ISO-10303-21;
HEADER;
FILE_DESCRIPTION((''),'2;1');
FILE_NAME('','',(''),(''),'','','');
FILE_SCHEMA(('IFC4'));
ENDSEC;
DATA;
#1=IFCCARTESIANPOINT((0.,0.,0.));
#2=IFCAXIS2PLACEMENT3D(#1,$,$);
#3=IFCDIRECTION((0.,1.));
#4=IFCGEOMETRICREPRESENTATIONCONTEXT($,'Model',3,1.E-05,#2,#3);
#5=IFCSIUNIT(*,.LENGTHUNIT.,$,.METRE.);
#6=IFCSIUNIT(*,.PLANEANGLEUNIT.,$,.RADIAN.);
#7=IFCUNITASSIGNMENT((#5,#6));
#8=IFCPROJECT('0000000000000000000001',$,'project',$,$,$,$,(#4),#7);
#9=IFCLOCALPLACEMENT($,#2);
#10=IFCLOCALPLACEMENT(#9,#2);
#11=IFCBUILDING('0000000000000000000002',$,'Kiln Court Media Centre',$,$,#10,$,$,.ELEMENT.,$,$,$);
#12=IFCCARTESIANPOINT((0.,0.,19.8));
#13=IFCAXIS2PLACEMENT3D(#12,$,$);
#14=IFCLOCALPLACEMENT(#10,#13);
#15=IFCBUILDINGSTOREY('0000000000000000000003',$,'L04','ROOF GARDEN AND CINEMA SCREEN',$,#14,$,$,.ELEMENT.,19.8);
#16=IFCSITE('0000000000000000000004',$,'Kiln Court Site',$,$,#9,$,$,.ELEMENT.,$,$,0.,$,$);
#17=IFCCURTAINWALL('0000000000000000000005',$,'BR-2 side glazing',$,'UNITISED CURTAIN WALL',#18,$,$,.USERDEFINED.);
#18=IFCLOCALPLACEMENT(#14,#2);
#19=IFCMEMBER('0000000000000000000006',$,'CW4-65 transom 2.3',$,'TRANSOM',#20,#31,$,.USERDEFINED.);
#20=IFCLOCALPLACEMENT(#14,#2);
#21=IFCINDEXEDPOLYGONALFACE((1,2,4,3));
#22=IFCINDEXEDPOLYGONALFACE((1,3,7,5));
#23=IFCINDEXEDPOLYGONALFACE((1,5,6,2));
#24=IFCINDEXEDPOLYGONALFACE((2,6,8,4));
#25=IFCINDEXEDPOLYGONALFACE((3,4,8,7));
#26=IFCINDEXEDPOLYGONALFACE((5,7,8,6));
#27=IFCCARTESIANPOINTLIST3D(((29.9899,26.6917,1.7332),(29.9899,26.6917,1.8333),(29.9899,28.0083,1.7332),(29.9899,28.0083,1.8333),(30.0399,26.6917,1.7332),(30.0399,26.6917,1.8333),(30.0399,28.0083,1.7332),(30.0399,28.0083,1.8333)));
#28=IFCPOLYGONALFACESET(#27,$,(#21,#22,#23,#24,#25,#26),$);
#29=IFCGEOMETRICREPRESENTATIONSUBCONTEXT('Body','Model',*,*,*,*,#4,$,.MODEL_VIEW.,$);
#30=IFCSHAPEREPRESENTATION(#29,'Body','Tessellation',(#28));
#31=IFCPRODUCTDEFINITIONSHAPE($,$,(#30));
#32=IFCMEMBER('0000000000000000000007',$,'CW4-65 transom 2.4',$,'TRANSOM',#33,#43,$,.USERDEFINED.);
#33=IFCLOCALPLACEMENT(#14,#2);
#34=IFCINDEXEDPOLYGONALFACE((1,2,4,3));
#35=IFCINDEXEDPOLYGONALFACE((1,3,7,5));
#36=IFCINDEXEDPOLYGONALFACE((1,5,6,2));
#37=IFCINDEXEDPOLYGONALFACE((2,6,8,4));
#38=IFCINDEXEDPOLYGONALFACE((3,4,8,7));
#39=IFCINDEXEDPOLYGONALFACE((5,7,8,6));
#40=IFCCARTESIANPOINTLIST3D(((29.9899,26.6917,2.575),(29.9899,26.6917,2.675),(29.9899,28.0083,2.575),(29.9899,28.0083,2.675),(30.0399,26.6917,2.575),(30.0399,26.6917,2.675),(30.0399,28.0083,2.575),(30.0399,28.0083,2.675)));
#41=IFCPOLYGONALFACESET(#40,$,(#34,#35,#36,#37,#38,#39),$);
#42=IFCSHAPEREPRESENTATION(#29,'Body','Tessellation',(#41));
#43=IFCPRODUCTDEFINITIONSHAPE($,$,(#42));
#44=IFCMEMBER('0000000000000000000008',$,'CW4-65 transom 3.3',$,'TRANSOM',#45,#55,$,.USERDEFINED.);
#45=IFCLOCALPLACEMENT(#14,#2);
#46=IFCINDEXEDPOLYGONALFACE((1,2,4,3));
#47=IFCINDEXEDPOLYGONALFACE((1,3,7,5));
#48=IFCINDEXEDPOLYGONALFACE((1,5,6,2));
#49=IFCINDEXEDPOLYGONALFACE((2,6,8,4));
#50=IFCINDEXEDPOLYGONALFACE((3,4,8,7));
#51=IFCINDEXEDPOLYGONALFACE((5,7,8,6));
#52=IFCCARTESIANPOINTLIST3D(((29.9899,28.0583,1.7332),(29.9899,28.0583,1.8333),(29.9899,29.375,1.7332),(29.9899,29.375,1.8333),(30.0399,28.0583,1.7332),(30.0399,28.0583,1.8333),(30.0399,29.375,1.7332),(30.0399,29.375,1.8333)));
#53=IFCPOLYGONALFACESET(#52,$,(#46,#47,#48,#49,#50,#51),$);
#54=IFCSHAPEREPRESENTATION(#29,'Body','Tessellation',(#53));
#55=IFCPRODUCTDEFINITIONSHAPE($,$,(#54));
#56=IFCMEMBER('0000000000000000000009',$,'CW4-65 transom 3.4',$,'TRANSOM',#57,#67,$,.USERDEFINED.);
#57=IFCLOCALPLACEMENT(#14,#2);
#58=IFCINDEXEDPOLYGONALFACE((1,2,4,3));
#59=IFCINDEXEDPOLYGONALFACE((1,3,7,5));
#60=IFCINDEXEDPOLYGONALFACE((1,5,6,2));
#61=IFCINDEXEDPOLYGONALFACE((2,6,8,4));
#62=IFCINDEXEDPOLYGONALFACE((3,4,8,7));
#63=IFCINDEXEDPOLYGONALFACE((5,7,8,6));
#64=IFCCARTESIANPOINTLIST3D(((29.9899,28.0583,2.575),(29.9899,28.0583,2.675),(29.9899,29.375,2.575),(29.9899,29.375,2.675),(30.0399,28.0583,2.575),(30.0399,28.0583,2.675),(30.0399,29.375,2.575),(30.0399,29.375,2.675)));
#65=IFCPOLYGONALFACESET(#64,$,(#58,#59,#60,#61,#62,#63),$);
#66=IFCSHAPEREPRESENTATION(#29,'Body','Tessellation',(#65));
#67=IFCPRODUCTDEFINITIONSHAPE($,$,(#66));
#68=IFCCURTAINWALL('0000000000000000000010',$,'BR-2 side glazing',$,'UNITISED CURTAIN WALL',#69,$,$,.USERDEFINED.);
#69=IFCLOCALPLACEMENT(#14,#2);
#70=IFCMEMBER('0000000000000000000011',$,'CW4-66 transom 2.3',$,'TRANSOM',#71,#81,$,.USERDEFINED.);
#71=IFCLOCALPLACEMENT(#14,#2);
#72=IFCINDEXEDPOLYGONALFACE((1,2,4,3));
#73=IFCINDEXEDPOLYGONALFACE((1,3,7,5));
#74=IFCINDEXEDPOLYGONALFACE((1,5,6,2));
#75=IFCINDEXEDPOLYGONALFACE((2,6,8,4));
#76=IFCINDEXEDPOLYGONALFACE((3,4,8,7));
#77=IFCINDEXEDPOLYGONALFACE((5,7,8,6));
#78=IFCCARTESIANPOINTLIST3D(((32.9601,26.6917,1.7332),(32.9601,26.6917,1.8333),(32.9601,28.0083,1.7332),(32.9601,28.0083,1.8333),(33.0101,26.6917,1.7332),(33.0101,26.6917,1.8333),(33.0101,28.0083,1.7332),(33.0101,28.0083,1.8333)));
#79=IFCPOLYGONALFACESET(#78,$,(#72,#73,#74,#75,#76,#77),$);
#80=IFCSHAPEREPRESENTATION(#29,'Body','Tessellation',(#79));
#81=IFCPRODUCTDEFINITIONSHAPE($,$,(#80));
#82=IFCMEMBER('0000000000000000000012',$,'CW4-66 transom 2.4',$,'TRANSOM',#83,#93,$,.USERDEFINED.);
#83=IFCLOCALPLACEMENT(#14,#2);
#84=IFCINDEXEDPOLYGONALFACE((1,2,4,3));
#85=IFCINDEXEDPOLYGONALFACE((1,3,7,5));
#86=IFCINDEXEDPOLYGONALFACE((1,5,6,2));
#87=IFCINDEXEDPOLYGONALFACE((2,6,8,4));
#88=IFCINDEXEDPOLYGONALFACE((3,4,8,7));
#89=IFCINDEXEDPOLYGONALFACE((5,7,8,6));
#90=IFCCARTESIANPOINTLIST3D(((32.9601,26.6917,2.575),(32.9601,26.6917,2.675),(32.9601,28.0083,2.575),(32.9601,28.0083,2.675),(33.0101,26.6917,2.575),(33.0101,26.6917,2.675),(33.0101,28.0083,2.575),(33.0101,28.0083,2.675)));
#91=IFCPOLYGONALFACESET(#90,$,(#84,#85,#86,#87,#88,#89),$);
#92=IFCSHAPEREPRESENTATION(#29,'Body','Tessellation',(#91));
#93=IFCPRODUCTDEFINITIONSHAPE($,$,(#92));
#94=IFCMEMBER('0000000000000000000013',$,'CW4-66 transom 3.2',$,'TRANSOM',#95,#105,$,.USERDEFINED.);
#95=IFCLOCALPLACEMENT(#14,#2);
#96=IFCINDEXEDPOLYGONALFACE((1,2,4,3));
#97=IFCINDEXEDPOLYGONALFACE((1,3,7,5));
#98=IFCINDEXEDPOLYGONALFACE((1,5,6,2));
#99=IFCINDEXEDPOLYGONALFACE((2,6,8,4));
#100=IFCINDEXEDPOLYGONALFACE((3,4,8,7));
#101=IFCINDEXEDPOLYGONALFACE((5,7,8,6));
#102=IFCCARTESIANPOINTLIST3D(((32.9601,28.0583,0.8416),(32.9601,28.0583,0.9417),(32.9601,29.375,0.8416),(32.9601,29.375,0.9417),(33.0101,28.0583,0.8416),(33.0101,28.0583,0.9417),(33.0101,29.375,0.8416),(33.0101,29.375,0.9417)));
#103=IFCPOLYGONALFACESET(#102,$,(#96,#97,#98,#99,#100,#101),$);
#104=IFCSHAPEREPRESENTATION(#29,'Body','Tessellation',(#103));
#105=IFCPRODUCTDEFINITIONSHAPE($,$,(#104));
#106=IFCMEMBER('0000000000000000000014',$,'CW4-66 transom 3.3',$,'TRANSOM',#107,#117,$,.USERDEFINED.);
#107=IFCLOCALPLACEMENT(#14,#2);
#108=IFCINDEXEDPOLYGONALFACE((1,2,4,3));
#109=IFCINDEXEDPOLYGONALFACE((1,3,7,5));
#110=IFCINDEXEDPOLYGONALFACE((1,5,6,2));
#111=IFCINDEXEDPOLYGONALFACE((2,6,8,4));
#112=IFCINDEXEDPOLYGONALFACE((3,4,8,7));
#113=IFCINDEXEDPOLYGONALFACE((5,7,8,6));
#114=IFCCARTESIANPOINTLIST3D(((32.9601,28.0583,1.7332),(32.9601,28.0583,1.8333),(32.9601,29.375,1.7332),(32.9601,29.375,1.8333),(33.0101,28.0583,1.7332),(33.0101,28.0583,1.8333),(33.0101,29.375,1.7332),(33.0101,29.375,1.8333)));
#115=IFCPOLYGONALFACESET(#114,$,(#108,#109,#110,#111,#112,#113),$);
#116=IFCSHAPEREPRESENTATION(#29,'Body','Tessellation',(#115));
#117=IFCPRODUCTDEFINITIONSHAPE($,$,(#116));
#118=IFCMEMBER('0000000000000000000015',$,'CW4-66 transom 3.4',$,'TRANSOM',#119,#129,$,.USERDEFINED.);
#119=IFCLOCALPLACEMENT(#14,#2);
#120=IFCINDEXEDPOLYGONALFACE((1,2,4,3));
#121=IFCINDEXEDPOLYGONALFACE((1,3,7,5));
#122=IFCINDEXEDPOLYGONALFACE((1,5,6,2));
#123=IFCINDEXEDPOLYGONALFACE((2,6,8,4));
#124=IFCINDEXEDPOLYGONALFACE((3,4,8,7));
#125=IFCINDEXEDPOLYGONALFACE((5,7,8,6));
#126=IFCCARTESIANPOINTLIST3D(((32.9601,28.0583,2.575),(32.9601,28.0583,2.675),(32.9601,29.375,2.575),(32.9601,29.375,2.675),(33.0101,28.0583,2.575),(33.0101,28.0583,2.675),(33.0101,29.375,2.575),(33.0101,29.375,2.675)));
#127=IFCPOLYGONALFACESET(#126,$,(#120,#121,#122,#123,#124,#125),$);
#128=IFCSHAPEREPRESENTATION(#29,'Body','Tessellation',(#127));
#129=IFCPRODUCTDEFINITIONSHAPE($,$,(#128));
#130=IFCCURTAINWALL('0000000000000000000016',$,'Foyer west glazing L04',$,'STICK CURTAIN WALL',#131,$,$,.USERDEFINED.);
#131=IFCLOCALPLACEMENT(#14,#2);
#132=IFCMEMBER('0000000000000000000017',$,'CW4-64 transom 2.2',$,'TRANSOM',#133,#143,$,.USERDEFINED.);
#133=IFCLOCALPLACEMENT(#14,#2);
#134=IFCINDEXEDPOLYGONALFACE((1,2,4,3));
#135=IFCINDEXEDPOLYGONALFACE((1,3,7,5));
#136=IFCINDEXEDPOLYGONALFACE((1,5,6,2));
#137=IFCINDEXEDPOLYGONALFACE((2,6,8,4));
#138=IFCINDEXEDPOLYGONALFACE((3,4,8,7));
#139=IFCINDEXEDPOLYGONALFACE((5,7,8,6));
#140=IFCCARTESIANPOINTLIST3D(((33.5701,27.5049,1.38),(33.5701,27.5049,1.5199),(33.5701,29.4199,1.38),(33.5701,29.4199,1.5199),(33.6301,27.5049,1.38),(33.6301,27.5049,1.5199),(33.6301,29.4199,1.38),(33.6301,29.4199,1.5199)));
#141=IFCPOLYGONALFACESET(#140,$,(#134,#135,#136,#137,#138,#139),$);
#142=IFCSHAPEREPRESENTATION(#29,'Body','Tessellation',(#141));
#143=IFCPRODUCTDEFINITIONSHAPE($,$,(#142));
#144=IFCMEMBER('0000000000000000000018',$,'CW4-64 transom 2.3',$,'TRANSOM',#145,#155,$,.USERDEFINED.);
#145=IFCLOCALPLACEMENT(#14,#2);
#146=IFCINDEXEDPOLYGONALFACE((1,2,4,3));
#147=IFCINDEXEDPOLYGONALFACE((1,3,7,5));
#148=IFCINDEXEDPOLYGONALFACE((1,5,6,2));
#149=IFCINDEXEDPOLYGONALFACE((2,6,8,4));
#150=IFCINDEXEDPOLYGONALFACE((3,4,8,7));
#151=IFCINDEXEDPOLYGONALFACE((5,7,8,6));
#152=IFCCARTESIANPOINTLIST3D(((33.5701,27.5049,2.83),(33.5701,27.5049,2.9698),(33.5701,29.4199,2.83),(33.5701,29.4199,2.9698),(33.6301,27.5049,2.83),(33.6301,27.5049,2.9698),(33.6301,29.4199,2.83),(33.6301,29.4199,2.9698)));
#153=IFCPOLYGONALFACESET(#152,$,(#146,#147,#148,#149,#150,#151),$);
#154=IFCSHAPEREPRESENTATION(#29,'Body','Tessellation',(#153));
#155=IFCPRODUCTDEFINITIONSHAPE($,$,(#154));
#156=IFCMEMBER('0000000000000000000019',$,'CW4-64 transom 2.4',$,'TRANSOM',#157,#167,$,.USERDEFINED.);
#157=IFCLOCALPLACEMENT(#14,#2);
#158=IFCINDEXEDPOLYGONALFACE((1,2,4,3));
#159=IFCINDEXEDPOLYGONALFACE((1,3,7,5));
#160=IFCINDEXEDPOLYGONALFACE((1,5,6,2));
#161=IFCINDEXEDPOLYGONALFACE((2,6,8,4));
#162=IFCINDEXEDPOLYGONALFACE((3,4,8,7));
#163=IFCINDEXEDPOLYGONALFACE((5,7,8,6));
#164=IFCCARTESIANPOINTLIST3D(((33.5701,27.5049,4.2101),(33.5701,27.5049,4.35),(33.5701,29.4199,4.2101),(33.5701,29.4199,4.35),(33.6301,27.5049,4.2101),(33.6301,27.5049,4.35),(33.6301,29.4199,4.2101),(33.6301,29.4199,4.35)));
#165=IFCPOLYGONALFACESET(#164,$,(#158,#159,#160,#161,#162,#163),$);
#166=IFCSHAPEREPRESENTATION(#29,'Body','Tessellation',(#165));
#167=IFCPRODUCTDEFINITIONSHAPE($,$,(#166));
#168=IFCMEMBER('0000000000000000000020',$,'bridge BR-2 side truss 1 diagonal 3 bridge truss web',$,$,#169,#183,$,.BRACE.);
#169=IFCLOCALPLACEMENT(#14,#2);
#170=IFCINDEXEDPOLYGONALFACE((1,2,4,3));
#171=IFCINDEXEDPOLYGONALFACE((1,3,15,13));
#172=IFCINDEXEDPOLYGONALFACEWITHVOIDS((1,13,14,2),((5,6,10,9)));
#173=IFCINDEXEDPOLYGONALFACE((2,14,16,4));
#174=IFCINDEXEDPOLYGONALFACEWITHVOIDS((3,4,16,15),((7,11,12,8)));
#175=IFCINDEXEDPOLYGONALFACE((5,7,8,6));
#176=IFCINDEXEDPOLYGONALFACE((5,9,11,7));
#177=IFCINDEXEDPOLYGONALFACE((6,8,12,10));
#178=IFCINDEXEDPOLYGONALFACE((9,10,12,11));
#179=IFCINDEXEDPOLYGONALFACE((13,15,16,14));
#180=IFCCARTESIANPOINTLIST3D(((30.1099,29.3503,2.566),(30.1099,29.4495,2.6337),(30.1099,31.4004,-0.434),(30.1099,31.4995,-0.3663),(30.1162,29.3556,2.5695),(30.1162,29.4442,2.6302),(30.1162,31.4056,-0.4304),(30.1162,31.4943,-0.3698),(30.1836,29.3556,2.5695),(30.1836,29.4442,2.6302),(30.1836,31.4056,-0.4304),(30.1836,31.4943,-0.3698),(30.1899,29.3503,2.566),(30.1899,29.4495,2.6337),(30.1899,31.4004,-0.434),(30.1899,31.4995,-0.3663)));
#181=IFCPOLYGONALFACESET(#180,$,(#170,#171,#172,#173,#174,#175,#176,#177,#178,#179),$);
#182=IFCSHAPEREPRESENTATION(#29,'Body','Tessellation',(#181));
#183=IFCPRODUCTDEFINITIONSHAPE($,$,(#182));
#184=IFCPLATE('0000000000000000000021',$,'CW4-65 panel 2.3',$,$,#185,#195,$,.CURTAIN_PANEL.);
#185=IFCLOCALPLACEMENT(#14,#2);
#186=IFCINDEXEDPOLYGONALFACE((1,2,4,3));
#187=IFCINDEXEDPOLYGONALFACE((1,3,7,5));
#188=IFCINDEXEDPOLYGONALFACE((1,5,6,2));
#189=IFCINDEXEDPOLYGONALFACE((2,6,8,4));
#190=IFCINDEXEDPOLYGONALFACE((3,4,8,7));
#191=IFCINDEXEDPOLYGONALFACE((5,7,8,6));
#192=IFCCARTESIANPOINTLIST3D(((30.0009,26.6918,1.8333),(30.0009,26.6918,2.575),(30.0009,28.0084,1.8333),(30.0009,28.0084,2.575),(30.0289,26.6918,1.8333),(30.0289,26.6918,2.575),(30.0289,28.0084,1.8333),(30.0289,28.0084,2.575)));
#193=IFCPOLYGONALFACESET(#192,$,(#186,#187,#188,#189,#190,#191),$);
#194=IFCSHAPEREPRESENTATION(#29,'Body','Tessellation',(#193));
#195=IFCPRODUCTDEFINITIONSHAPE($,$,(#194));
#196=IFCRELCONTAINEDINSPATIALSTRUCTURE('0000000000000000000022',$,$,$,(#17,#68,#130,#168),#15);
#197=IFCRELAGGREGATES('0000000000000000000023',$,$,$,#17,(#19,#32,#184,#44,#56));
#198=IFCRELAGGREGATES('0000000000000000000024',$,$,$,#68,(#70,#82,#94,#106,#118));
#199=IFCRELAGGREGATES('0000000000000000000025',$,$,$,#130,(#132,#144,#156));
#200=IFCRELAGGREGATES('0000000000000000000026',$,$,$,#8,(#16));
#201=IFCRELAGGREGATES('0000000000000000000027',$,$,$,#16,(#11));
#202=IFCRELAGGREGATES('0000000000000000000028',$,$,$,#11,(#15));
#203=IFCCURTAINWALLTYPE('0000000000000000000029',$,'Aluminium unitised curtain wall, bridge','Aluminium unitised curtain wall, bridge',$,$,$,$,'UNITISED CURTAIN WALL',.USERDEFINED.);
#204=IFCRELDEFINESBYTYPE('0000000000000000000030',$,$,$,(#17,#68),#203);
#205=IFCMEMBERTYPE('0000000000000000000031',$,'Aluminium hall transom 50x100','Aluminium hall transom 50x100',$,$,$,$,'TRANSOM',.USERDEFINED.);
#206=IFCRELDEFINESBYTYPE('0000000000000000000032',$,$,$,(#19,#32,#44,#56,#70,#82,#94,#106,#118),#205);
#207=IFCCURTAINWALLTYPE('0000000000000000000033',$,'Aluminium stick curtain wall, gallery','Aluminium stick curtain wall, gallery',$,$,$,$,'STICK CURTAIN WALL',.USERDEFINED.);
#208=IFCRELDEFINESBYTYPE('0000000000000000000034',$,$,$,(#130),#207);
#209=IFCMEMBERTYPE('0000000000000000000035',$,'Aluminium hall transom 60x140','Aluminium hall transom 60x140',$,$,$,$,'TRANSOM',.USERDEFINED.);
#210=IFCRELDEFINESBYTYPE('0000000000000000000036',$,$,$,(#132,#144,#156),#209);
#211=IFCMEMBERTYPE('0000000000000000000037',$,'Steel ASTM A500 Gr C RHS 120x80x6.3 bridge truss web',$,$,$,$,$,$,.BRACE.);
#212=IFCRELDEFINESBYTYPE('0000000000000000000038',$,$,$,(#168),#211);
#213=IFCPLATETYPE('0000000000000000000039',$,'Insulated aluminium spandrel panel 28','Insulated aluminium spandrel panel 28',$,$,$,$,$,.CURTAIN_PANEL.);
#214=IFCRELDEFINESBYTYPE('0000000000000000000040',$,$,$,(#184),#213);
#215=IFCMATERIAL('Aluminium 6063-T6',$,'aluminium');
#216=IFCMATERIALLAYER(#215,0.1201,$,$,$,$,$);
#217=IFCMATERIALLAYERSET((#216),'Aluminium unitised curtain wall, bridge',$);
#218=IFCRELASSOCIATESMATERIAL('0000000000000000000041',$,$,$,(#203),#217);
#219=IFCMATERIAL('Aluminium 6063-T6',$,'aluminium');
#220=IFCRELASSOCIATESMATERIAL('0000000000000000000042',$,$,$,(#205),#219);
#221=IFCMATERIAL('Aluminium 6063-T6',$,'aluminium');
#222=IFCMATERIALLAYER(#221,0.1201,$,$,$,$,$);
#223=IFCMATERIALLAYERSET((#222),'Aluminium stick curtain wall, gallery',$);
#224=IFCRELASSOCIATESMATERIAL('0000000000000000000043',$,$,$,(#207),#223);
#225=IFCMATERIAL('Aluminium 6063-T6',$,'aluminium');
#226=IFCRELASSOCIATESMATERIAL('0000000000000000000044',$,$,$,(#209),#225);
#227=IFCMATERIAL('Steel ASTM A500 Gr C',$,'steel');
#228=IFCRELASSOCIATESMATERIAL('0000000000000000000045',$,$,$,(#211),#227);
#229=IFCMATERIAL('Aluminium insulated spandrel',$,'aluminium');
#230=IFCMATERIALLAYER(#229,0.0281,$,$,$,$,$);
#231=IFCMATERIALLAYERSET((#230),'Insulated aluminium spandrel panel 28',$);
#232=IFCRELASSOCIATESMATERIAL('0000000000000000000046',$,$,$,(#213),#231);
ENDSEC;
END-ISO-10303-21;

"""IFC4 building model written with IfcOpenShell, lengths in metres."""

from ifc_helpers import new_model, si_unit, direction, frame, origin, origin_2d, place, context, subcontext, project, spatial, rectangle, hollow_rectangle, extrude, material, layer, layer_set, material_profile, profile_set, type_object, element, aggregate, save


model = new_model("IFC4")

# Units and contexts
model_context = context("Model", 3, precision=1e-05, world=origin(), true_north=direction((0.0, 1.0)))
body_context = subcontext(model_context, "Body", "Model", "MODEL_VIEW")
ifc_project = project(units=[si_unit("LENGTHUNIT", "METRE"), si_unit("PLANEANGLEUNIT", "RADIAN")], contexts=[model_context])

# Site, building, storey
site_placement = place(None, origin())
site = spatial("IfcSite", under=ifc_project, at=site_placement, Name="Kiln Court Site", CompositionType="ELEMENT", RefElevation=0.0)
building_placement = place(site_placement, origin())
building = spatial("IfcBuilding", under=site, at=building_placement, Name="Kiln Court Media Centre", CompositionType="ELEMENT")
storey_placement = place(building_placement, frame((0.0, 0.0, 19.8)))
storey = spatial("IfcBuildingStorey", under=building, at=storey_placement, Name="L04", Description="ROOF GARDEN AND CINEMA SCREEN", CompositionType="ELEMENT", Elevation=19.8)

# Curtain walls, members
ifc_material_1 = material(Name="Aluminium 6063-T6", Category="aluminium")
ifc_layer_1 = layer(ifc_material_1, 0.1201)
ifc_layer_set_1 = layer_set([ifc_layer_1], Name="Aluminium unitised curtain wall, bridge")
curtain_wall_type_1 = type_object("IfcCurtainWallType", Name="Aluminium unitised curtain wall, bridge", Description="Aluminium unitised curtain wall, bridge", ElementType="UNITISED CURTAIN WALL", PredefinedType="USERDEFINED", material=ifc_layer_set_1)
curtain_wall_1_placement = place(storey_placement, origin())
curtain_wall_1 = element("IfcCurtainWall", 1, at=curtain_wall_1_placement, inside=storey, type_object=curtain_wall_type_1, Name="BR-2 side glazing", ObjectType="UNITISED CURTAIN WALL", PredefinedType="USERDEFINED")
ifc_material_2 = material(Name="Aluminium 6063-T6", Category="aluminium")
ifc_material_profile_1 = material_profile(ifc_material_2, rectangle(XDim=0.05, YDim=0.1001, at=origin_2d()), Name="Aluminium hall transom 50x100")
ifc_profile_set_1 = profile_set([ifc_material_profile_1], Name="Aluminium 6063-T6")
member_type_1 = type_object("IfcMemberType", Name="Aluminium hall transom 50x100", Description="Aluminium hall transom 50x100", ElementType="TRANSOM", PredefinedType="USERDEFINED", material=ifc_profile_set_1)
member_1_placement = place(storey_placement, frame((30.0149, 26.6917, 1.7832), z_axis=(0.0, 1.0, 0.0), x_axis=(-1.0, 0.0, 0.0)))
member_1 = element("IfcMember", 2, at=member_1_placement, type_object=member_type_1, Name="CW4-65 transom 2.3", ObjectType="TRANSOM", PredefinedType="USERDEFINED", context=body_context, shape_type="SweptSolid", body=[
    extrude(rectangle(XDim=0.05, YDim=0.1001, at=origin_2d()), origin(), (0.0, 0.0, 1.0), 1.3167),
])
member_2_placement = place(storey_placement, frame((30.0149, 26.6917, 2.625), z_axis=(0.0, 1.0, 0.0), x_axis=(-1.0, 0.0, 0.0)))
member_2 = element("IfcMember", 3, at=member_2_placement, type_object=member_type_1, Name="CW4-65 transom 2.4", ObjectType="TRANSOM", PredefinedType="USERDEFINED", context=body_context, shape_type="SweptSolid", body=[
    extrude(rectangle(XDim=0.05, YDim=0.1001, at=origin_2d()), origin(), (0.0, 0.0, 1.0), 1.3167),
])
member_3_placement = place(storey_placement, frame((30.0149, 28.0583, 1.7832), z_axis=(0.0, 1.0, 0.0), x_axis=(-1.0, 0.0, 0.0)))
member_3 = element("IfcMember", 4, at=member_3_placement, type_object=member_type_1, Name="CW4-65 transom 3.3", ObjectType="TRANSOM", PredefinedType="USERDEFINED", context=body_context, shape_type="SweptSolid", body=[
    extrude(rectangle(XDim=0.05, YDim=0.1001, at=origin_2d()), origin(), (0.0, 0.0, 1.0), 1.3167),
])
member_4_placement = place(storey_placement, frame((30.0149, 28.0583, 2.625), z_axis=(0.0, 1.0, 0.0), x_axis=(-1.0, 0.0, 0.0)))
member_4 = element("IfcMember", 5, at=member_4_placement, type_object=member_type_1, Name="CW4-65 transom 3.4", ObjectType="TRANSOM", PredefinedType="USERDEFINED", context=body_context, shape_type="SweptSolid", body=[
    extrude(rectangle(XDim=0.05, YDim=0.1001, at=origin_2d()), origin(), (0.0, 0.0, 1.0), 1.3167),
])
curtain_wall_2_placement = place(storey_placement, origin())
curtain_wall_2 = element("IfcCurtainWall", 6, at=curtain_wall_2_placement, inside=storey, type_object=curtain_wall_type_1, Name="BR-2 side glazing", ObjectType="UNITISED CURTAIN WALL", PredefinedType="USERDEFINED")
member_5_placement = place(storey_placement, frame((32.9851, 26.6917, 1.7832), z_axis=(0.0, 1.0, 0.0), x_axis=(-1.0, 0.0, 0.0)))
member_5 = element("IfcMember", 7, at=member_5_placement, type_object=member_type_1, Name="CW4-66 transom 2.3", ObjectType="TRANSOM", PredefinedType="USERDEFINED", context=body_context, shape_type="SweptSolid", body=[
    extrude(rectangle(XDim=0.05, YDim=0.1001, at=origin_2d()), origin(), (0.0, 0.0, 1.0), 1.3167),
])
member_6_placement = place(storey_placement, frame((32.9851, 26.6917, 2.625), z_axis=(0.0, 1.0, 0.0), x_axis=(-1.0, 0.0, 0.0)))
member_6 = element("IfcMember", 8, at=member_6_placement, type_object=member_type_1, Name="CW4-66 transom 2.4", ObjectType="TRANSOM", PredefinedType="USERDEFINED", context=body_context, shape_type="SweptSolid", body=[
    extrude(rectangle(XDim=0.05, YDim=0.1001, at=origin_2d()), origin(), (0.0, 0.0, 1.0), 1.3167),
])
member_7_placement = place(storey_placement, frame((32.9851, 28.0583, 0.8916), z_axis=(0.0, 1.0, 0.0), x_axis=(-1.0, 0.0, 0.0)))
member_7 = element("IfcMember", 9, at=member_7_placement, type_object=member_type_1, Name="CW4-66 transom 3.2", ObjectType="TRANSOM", PredefinedType="USERDEFINED", context=body_context, shape_type="SweptSolid", body=[
    extrude(rectangle(XDim=0.05, YDim=0.1001, at=origin_2d()), origin(), (0.0, 0.0, 1.0), 1.3167),
])
member_8_placement = place(storey_placement, frame((32.9851, 28.0583, 1.7832), z_axis=(0.0, 1.0, 0.0), x_axis=(-1.0, 0.0, 0.0)))
member_8 = element("IfcMember", 10, at=member_8_placement, type_object=member_type_1, Name="CW4-66 transom 3.3", ObjectType="TRANSOM", PredefinedType="USERDEFINED", context=body_context, shape_type="SweptSolid", body=[
    extrude(rectangle(XDim=0.05, YDim=0.1001, at=origin_2d()), origin(), (0.0, 0.0, 1.0), 1.3167),
])
member_9_placement = place(storey_placement, frame((32.9851, 28.0583, 2.625), z_axis=(0.0, 1.0, 0.0), x_axis=(-1.0, 0.0, 0.0)))
member_9 = element("IfcMember", 11, at=member_9_placement, type_object=member_type_1, Name="CW4-66 transom 3.4", ObjectType="TRANSOM", PredefinedType="USERDEFINED", context=body_context, shape_type="SweptSolid", body=[
    extrude(rectangle(XDim=0.05, YDim=0.1001, at=origin_2d()), origin(), (0.0, 0.0, 1.0), 1.3167),
])
ifc_material_3 = material(Name="Aluminium 6063-T6", Category="aluminium")
ifc_layer_2 = layer(ifc_material_3, 0.1201)
ifc_layer_set_2 = layer_set([ifc_layer_2], Name="Aluminium stick curtain wall, gallery")
curtain_wall_type_2 = type_object("IfcCurtainWallType", Name="Aluminium stick curtain wall, gallery", Description="Aluminium stick curtain wall, gallery", ElementType="STICK CURTAIN WALL", PredefinedType="USERDEFINED", material=ifc_layer_set_2)
curtain_wall_3_placement = place(storey_placement, origin())
curtain_wall_3 = element("IfcCurtainWall", 12, at=curtain_wall_3_placement, inside=storey, type_object=curtain_wall_type_2, Name="Foyer west glazing L04", ObjectType="STICK CURTAIN WALL", PredefinedType="USERDEFINED")
ifc_material_4 = material(Name="Aluminium 6063-T6", Category="aluminium")
ifc_material_profile_2 = material_profile(ifc_material_4, rectangle(XDim=0.0601, YDim=0.1399, at=origin_2d()), Name="Aluminium hall transom 60x140")
ifc_profile_set_2 = profile_set([ifc_material_profile_2], Name="Aluminium 6063-T6")
member_type_2 = type_object("IfcMemberType", Name="Aluminium hall transom 60x140", Description="Aluminium hall transom 60x140", ElementType="TRANSOM", PredefinedType="USERDEFINED", material=ifc_profile_set_2)
member_10_placement = place(storey_placement, frame((33.6001, 27.5049, 1.45), z_axis=(0.0, 1.0, 0.0), x_axis=(-1.0, 0.0, 0.0)))
member_10 = element("IfcMember", 13, at=member_10_placement, type_object=member_type_2, Name="CW4-64 transom 2.2", ObjectType="TRANSOM", PredefinedType="USERDEFINED", context=body_context, shape_type="SweptSolid", body=[
    extrude(rectangle(XDim=0.0601, YDim=0.1399, at=origin_2d()), origin(), (0.0, 0.0, 1.0), 1.915),
])
member_11_placement = place(storey_placement, frame((33.6001, 27.5049, 2.8999), z_axis=(0.0, 1.0, 0.0), x_axis=(-1.0, 0.0, 0.0)))
member_11 = element("IfcMember", 14, at=member_11_placement, type_object=member_type_2, Name="CW4-64 transom 2.3", ObjectType="TRANSOM", PredefinedType="USERDEFINED", context=body_context, shape_type="SweptSolid", body=[
    extrude(rectangle(XDim=0.0601, YDim=0.1399, at=origin_2d()), origin(), (0.0, 0.0, 1.0), 1.915),
])
member_12_placement = place(storey_placement, frame((33.6001, 27.5049, 4.28), z_axis=(0.0, 1.0, 0.0), x_axis=(-1.0, 0.0, 0.0)))
member_12 = element("IfcMember", 15, at=member_12_placement, type_object=member_type_2, Name="CW4-64 transom 2.4", ObjectType="TRANSOM", PredefinedType="USERDEFINED", context=body_context, shape_type="SweptSolid", body=[
    extrude(rectangle(XDim=0.0601, YDim=0.1399, at=origin_2d()), origin(), (0.0, 0.0, 1.0), 1.915),
])

# Member
ifc_material_5 = material(Name="Steel ASTM A500 Gr C", Category="steel")
ifc_material_profile_3 = material_profile(ifc_material_5, hollow_rectangle(XDim=0.0801, YDim=0.1201, WallThickness=0.0063, at=origin_2d()), Name="RHS 120x80x6.3")
ifc_profile_set_3 = profile_set([ifc_material_profile_3], Name="Steel ASTM A500 Gr C")
member_type_3 = type_object("IfcMemberType", Name="Steel ASTM A500 Gr C RHS 120x80x6.3 bridge truss web", PredefinedType="BRACE", material=ifc_profile_set_3)
member_13_placement = place(storey_placement, frame((30.1499, 29.3999, 2.5999), z_axis=(0.0, 0.5642, -0.825638), x_axis=(-1.0, 0.0, 0.0)))
element("IfcMember", 16, at=member_13_placement, inside=storey, type_object=member_type_3, Name="bridge BR-2 side truss 1 diagonal 3 bridge truss web", PredefinedType="BRACE", context=body_context, shape_type="SweptSolid", body=[
    extrude(hollow_rectangle(XDim=0.0801, YDim=0.1201, WallThickness=0.0063, at=origin_2d()), origin(), (0.0, 0.0, 1.0), 3.6335),
])

# Plate
ifc_material_6 = material(Name="Aluminium insulated spandrel", Category="aluminium")
ifc_layer_3 = layer(ifc_material_6, 0.0281)
ifc_layer_set_3 = layer_set([ifc_layer_3], Name="Insulated aluminium spandrel panel 28")
plate_type_1 = type_object("IfcPlateType", Name="Insulated aluminium spandrel panel 28", Description="Insulated aluminium spandrel panel 28", PredefinedType="CURTAIN_PANEL", material=ifc_layer_set_3)
plate_1_placement = place(storey_placement, frame((30.0149, 27.3501, 1.8333), z_axis=(0.0, 0.0, 1.0), x_axis=(0.0, 1.0, 0.0)))
plate_1 = element("IfcPlate", 17, at=plate_1_placement, type_object=plate_type_1, Name="CW4-65 panel 2.3", PredefinedType="CURTAIN_PANEL", context=body_context, shape_type="SweptSolid", body=[
    extrude(rectangle(XDim=1.3167, YDim=0.0281, at=origin_2d()), origin(), (0.0, 0.0, 1.0), 0.7417),
])
aggregate(curtain_wall_1, [member_1, member_2, plate_1, member_3, member_4])
aggregate(curtain_wall_2, [member_5, member_6, member_7, member_8, member_9])
aggregate(curtain_wall_3, [member_10, member_11, member_12])

save(model, "model.ifc")
